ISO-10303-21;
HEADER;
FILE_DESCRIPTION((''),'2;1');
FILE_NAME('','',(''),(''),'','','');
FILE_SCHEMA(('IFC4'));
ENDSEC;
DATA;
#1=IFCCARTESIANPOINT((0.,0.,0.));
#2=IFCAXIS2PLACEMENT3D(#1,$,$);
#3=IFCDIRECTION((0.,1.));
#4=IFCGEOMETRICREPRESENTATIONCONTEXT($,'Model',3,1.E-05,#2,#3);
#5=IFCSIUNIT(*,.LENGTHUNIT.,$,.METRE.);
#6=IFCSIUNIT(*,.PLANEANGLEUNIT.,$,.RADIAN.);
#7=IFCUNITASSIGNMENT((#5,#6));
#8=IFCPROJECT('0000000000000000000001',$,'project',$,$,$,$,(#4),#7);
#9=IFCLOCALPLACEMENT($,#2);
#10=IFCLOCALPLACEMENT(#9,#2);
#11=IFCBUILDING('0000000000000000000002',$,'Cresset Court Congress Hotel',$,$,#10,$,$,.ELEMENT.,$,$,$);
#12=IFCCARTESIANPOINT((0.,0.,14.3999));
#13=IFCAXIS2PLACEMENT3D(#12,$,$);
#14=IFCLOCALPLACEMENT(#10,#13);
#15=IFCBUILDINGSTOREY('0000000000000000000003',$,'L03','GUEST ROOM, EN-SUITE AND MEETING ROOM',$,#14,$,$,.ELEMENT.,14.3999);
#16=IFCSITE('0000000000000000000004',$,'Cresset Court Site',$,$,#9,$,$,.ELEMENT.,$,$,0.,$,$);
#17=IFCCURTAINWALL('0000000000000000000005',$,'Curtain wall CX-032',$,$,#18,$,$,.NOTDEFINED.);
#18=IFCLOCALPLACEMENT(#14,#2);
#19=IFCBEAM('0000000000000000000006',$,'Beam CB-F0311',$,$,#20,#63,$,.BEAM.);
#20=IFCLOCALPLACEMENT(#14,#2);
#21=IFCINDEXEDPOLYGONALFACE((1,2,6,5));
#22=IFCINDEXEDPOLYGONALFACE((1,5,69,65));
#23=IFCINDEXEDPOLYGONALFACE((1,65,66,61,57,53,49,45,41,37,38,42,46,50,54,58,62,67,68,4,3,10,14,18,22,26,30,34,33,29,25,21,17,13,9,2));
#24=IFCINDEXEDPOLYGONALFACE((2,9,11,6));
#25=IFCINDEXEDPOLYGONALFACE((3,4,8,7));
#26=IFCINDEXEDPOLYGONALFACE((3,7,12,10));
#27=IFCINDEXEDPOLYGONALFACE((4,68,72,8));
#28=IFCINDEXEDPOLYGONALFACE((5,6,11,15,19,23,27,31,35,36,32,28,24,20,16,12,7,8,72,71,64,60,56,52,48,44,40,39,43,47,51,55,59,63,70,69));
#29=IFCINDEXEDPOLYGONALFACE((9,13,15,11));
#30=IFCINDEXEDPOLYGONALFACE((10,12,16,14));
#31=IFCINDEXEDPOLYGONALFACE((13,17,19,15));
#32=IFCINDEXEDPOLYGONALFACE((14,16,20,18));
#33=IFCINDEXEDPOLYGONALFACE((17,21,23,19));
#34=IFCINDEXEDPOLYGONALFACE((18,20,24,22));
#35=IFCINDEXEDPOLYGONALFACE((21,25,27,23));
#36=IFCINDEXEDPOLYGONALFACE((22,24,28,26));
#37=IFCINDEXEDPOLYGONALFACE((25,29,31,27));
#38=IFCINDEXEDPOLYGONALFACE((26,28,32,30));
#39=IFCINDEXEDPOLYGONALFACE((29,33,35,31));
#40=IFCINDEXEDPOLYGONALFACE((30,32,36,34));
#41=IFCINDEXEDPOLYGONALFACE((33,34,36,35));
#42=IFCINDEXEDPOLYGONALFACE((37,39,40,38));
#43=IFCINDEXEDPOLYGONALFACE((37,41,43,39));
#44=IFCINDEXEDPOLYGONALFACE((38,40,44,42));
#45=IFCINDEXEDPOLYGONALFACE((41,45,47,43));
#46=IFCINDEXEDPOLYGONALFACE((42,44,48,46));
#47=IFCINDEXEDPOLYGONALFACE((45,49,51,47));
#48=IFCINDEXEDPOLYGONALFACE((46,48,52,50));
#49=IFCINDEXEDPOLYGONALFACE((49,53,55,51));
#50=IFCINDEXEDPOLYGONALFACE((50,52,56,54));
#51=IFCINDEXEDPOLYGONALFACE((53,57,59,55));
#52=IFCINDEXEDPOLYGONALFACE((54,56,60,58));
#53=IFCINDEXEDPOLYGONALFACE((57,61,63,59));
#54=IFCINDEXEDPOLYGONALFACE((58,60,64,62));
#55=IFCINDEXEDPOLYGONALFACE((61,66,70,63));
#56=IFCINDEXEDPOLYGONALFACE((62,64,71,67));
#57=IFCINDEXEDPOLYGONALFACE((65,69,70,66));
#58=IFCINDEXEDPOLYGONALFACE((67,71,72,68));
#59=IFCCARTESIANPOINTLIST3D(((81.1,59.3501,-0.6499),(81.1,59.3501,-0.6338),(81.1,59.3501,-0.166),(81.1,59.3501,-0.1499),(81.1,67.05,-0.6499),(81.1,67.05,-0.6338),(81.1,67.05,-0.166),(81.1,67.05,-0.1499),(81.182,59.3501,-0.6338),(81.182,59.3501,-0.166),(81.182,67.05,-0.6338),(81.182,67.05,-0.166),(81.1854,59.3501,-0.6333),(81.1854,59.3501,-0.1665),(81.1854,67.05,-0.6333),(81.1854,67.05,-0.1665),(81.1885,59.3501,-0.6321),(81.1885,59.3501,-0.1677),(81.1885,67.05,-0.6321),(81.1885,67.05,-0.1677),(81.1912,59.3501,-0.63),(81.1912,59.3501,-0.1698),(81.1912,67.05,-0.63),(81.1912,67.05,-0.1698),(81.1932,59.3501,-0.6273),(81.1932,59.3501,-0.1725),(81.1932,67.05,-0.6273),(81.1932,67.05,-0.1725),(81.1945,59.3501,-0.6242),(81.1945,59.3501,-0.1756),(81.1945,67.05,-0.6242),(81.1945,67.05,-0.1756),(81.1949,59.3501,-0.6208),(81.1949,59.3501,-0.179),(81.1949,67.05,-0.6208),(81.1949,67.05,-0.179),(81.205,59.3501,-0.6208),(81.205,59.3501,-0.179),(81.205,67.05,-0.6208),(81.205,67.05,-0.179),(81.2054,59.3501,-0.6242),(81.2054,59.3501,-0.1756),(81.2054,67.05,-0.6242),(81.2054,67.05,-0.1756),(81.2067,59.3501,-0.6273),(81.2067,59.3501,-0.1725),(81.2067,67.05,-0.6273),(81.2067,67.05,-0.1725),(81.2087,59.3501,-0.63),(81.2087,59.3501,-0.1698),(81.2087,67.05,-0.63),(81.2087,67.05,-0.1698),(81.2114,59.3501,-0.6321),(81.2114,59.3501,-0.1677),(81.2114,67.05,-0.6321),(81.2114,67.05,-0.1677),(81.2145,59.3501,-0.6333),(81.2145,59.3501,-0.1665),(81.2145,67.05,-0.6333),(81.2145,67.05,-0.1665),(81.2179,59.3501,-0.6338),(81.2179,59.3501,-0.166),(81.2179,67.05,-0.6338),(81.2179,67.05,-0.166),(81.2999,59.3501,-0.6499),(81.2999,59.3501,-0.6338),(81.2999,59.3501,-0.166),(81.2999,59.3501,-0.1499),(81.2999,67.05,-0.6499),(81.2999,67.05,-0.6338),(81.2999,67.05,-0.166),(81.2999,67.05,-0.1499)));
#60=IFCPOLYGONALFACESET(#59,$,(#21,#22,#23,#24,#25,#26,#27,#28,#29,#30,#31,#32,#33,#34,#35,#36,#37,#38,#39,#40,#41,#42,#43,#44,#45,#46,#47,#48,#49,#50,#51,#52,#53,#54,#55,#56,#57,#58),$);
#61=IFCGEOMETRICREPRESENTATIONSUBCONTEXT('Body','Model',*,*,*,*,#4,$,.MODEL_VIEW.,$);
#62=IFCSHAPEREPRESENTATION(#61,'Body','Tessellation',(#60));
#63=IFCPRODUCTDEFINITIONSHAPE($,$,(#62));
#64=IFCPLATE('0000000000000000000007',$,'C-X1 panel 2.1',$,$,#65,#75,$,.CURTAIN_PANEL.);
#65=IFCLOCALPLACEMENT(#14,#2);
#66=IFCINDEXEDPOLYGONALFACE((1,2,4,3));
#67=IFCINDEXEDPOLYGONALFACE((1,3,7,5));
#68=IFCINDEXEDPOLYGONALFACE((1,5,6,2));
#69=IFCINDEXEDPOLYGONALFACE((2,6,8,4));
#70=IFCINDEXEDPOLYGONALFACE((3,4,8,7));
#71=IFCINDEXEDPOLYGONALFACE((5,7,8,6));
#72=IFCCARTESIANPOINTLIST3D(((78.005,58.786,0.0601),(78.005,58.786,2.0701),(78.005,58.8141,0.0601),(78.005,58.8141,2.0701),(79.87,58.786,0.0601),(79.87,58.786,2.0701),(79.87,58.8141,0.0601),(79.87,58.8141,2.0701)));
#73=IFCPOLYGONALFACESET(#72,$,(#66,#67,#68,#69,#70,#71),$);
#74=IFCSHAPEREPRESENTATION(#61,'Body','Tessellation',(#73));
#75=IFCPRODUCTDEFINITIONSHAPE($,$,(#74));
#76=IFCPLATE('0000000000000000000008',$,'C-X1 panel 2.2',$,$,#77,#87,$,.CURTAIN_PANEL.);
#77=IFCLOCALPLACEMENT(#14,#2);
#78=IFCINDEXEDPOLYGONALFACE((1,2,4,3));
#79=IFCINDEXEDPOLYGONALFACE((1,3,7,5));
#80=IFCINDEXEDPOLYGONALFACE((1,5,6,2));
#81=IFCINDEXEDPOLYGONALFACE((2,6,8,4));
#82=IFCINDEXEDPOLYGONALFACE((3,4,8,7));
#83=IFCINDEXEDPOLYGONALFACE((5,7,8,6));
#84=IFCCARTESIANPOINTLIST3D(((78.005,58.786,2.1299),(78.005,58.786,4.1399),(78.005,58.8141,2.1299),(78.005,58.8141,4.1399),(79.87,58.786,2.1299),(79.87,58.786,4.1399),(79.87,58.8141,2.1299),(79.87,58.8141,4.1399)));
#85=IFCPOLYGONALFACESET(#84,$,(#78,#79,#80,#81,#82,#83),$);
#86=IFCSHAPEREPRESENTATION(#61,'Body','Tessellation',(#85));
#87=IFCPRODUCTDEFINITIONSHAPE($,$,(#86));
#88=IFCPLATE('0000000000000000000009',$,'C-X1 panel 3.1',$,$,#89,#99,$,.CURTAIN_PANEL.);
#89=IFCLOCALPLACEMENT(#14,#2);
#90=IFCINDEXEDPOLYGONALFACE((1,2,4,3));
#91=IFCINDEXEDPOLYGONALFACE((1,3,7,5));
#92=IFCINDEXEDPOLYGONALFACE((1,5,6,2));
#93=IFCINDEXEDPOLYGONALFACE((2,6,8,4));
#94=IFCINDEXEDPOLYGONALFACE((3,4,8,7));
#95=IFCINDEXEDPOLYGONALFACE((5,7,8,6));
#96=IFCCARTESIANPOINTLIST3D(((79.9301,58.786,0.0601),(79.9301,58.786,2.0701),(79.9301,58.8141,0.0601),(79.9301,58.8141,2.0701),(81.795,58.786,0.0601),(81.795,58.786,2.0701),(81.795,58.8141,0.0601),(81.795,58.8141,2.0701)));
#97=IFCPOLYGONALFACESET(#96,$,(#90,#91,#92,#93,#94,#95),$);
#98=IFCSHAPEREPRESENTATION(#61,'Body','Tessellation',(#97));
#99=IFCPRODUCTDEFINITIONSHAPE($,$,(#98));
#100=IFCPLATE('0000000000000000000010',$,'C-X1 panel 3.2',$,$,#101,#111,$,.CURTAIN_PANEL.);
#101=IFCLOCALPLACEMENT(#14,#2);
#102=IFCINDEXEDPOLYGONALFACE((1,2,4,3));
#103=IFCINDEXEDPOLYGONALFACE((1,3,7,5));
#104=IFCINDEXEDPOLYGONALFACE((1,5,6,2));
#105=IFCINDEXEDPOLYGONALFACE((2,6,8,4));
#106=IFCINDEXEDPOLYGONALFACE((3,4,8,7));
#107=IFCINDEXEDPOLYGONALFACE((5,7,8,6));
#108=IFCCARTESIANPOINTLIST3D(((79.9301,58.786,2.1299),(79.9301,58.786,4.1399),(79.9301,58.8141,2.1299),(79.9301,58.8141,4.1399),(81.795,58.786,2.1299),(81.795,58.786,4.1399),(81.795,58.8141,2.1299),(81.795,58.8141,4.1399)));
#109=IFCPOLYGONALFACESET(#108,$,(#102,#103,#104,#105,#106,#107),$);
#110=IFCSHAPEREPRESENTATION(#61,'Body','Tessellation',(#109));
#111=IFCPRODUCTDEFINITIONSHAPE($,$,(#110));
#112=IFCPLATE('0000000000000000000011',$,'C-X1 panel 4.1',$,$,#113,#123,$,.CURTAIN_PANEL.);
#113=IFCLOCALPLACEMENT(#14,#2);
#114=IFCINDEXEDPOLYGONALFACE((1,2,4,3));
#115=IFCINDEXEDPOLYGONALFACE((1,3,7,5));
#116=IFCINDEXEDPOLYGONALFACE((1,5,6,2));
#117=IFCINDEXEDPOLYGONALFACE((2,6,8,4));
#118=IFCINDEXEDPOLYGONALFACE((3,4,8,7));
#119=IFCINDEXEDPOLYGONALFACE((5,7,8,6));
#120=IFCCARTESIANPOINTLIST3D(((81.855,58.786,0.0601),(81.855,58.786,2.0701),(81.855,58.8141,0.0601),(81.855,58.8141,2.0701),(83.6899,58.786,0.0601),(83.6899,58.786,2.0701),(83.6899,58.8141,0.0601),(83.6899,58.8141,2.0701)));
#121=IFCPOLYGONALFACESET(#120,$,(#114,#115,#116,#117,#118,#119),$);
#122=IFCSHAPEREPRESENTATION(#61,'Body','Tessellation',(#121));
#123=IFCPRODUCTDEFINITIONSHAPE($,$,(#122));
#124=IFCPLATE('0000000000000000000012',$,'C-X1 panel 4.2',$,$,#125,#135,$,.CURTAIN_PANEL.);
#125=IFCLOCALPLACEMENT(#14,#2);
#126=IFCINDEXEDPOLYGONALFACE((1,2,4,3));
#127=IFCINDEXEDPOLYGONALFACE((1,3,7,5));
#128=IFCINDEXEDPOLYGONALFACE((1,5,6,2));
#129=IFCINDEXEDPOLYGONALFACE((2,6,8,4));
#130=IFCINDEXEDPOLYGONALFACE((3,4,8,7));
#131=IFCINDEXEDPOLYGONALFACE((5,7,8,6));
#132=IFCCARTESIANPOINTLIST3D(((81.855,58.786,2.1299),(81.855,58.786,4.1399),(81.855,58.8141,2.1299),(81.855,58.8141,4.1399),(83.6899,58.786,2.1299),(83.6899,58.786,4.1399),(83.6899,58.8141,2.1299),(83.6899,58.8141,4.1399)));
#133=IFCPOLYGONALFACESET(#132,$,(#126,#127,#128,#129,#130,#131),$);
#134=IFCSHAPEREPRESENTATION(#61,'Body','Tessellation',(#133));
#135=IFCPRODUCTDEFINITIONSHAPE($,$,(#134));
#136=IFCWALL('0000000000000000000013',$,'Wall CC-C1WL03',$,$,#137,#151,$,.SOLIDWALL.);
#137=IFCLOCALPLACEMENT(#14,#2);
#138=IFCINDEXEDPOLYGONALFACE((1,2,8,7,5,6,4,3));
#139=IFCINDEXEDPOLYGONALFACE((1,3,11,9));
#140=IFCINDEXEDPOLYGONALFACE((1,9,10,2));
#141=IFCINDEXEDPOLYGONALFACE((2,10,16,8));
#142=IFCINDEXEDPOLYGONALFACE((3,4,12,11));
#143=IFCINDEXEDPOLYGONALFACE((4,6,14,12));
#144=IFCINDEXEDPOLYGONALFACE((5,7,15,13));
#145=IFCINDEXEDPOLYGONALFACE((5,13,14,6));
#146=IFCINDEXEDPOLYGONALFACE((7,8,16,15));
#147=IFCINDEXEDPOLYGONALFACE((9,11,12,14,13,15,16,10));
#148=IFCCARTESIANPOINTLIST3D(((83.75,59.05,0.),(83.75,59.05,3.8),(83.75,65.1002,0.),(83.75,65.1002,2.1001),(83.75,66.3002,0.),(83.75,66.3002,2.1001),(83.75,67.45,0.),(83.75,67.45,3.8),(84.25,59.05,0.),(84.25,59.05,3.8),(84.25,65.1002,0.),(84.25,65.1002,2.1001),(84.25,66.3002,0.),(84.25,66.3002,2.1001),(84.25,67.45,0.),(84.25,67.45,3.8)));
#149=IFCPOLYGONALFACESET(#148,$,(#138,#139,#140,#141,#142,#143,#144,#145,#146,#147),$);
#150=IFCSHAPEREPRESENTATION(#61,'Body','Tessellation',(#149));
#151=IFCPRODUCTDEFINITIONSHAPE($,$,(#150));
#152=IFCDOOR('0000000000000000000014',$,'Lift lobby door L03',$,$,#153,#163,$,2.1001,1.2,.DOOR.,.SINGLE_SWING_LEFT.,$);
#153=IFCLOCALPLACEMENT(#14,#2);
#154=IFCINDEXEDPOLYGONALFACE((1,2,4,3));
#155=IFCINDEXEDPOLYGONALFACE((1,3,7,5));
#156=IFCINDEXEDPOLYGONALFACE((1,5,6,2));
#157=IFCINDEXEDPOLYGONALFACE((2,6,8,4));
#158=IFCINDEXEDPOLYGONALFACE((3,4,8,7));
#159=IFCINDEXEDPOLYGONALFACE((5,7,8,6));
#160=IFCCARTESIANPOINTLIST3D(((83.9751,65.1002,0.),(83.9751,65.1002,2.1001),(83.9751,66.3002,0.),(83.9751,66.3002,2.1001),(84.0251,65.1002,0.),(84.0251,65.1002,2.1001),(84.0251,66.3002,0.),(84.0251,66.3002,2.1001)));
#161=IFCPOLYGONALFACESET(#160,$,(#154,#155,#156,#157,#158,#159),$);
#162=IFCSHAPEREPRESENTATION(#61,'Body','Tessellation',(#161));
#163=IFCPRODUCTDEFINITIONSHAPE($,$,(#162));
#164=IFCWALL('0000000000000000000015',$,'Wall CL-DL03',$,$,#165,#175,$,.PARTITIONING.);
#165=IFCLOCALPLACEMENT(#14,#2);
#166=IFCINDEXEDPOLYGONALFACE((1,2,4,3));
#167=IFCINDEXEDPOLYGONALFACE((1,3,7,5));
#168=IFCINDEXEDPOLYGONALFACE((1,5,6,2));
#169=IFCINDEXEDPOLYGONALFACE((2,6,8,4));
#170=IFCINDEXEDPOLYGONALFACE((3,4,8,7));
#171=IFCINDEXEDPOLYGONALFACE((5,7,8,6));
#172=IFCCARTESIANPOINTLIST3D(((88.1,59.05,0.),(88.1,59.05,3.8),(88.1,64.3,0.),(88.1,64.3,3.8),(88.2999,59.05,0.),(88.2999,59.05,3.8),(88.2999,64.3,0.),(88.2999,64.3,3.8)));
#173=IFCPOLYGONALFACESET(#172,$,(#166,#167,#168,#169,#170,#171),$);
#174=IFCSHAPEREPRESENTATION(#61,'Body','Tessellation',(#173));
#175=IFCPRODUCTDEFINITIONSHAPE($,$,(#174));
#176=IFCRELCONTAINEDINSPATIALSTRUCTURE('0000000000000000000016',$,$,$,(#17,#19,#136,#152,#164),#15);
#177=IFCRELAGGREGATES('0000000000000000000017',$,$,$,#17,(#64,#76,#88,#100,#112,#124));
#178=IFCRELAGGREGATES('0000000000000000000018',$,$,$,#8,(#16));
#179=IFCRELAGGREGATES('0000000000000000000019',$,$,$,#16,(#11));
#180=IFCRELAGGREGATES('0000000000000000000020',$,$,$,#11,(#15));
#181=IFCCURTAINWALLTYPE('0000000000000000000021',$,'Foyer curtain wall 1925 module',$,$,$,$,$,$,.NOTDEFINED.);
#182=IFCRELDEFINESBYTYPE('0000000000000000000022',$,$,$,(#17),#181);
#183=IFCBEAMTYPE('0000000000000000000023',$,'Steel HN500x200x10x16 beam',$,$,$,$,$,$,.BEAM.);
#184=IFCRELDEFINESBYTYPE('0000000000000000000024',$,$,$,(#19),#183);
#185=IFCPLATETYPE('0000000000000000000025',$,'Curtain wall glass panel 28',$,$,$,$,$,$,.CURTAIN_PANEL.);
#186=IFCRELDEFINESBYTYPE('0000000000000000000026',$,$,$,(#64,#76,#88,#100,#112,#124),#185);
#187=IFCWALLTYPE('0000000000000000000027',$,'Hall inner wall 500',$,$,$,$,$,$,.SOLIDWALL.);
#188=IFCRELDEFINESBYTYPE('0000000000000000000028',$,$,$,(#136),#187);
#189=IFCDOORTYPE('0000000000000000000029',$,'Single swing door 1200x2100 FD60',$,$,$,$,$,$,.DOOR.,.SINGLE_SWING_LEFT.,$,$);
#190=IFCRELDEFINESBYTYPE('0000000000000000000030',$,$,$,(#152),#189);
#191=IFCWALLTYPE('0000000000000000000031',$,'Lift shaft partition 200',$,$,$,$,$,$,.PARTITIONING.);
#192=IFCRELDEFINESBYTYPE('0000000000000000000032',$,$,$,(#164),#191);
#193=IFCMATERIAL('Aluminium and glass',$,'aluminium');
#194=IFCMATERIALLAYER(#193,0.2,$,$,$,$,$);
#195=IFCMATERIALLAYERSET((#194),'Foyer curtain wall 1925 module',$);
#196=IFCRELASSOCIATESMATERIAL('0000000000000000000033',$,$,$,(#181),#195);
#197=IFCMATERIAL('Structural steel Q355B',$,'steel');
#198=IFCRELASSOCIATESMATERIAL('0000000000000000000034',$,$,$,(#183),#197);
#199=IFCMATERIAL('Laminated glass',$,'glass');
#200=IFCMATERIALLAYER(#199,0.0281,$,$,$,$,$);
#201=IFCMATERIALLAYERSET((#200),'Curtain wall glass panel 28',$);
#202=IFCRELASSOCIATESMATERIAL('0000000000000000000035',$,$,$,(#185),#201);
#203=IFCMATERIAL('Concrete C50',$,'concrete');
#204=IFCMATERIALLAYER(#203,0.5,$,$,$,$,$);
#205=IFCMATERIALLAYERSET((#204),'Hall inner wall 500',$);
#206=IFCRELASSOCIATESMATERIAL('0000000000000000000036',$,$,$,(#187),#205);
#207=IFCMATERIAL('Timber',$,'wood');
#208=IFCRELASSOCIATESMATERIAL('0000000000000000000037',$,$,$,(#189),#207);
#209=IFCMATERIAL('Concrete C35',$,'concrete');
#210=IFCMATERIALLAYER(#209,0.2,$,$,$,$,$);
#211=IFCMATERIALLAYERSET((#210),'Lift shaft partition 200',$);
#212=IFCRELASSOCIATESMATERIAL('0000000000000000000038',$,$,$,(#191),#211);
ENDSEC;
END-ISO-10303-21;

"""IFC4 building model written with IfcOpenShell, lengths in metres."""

from ifc_helpers import new_model, si_unit, direction, frame, frame_2d, origin, origin_2d, place, context, subcontext, project, spatial, rectangle, i_section, extrude, material, layer, layer_set, material_profile, profile_set, type_object, element, fill, aggregate, save


model = new_model("IFC4")

# Units and contexts
model_context = context("Model", 3, precision=1e-05, world=origin(), true_north=direction((0.0, 1.0)))
body_context = subcontext(model_context, "Body", "Model", "MODEL_VIEW")
ifc_project = project(units=[si_unit("LENGTHUNIT", "METRE"), si_unit("PLANEANGLEUNIT", "RADIAN")], contexts=[model_context])

# Site, building, storey
site_placement = place(None, origin())
site = spatial("IfcSite", under=ifc_project, at=site_placement, Name="Cresset Court Site", CompositionType="ELEMENT", RefElevation=0.0)
building_placement = place(site_placement, origin())
building = spatial("IfcBuilding", under=site, at=building_placement, Name="Cresset Court Congress Hotel", CompositionType="ELEMENT")
storey_placement = place(building_placement, frame((0.0, 0.0, 14.3999)))
storey = spatial("IfcBuildingStorey", under=building, at=storey_placement, Name="L03", Description="GUEST ROOM, EN-SUITE AND MEETING ROOM", CompositionType="ELEMENT", Elevation=14.3999)

# Curtain wall
ifc_material_1 = material(Name="Aluminium and glass", Category="aluminium")
ifc_layer_1 = layer(ifc_material_1, 0.2)
ifc_layer_set_1 = layer_set([ifc_layer_1], Name="Foyer curtain wall 1925 module")
curtain_wall_type = type_object("IfcCurtainWallType", Name="Foyer curtain wall 1925 module", PredefinedType="NOTDEFINED", material=ifc_layer_set_1)
curtain_wall_placement = place(storey_placement, origin())
curtain_wall = element("IfcCurtainWall", 1, at=curtain_wall_placement, inside=storey, type_object=curtain_wall_type, Name="Curtain wall CX-032", PredefinedType="NOTDEFINED")

# Beam
ifc_material_2 = material(Name="Structural steel Q355B", Category="steel")
ifc_material_profile_1 = material_profile(ifc_material_2, i_section(OverallWidth=0.2, OverallDepth=0.5, WebThickness=0.01, FlangeThickness=0.0161, FilletRadius=0.0129, at=origin_2d()), Name="HN500x200x10x16")
ifc_profile_set_1 = profile_set([ifc_material_profile_1], Name="Structural steel Q355B")
beam_type = type_object("IfcBeamType", Name="Steel HN500x200x10x16 beam", PredefinedType="BEAM", material=ifc_profile_set_1)
for number, where, z_axis, x_axis, name in (
    (2, (81.2, 59.3501, -0.3999), (0.0, 1.0, 0.0), (-1.0, 0.0, 0.0), "Beam CB-F0311"),
):
    element("IfcBeam", number, at=place(storey_placement, frame(where, z_axis=z_axis, x_axis=x_axis)), inside=storey, type_object=beam_type, Name=name, PredefinedType="BEAM", context=body_context, shape_type="SweptSolid", body=[
        extrude(i_section(OverallWidth=0.2, OverallDepth=0.5, WebThickness=0.01, FlangeThickness=0.0161, FilletRadius=0.0129, at=origin_2d()), origin(), (0.0, 0.0, 1.0), 7.7),
    ])

# Plates
ifc_material_3 = material(Name="Laminated glass", Category="glass")
ifc_layer_2 = layer(ifc_material_3, 0.0281)
ifc_layer_set_2 = layer_set([ifc_layer_2], Name="Curtain wall glass panel 28")
plate_type = type_object("IfcPlateType", Name="Curtain wall glass panel 28", PredefinedType="CURTAIN_PANEL", material=ifc_layer_set_2)
plate_1_placement = place(storey_placement, frame((78.9375, 58.8, 0.0601), z_axis=(0.0, 0.0, 1.0), x_axis=(1.0, 0.0, 0.0)))
plate_1 = element("IfcPlate", 3, at=plate_1_placement, type_object=plate_type, Name="C-X1 panel 2.1", PredefinedType="CURTAIN_PANEL", context=body_context, shape_type="SweptSolid", body=[
    extrude(rectangle(XDim=1.865, YDim=0.0281, at=origin_2d()), origin(), (0.0, 0.0, 1.0), 2.01),
])
plate_2_placement = place(storey_placement, frame((78.9375, 58.8, 2.1299), z_axis=(0.0, 0.0, 1.0), x_axis=(1.0, 0.0, 0.0)))
plate_2 = element("IfcPlate", 4, at=plate_2_placement, type_object=plate_type, Name="C-X1 panel 2.2", PredefinedType="CURTAIN_PANEL", context=body_context, shape_type="SweptSolid", body=[
    extrude(rectangle(XDim=1.865, YDim=0.0281, at=origin_2d()), origin(), (0.0, 0.0, 1.0), 2.01),
])
plate_3_placement = place(storey_placement, frame((80.8625, 58.8, 0.0601), z_axis=(0.0, 0.0, 1.0), x_axis=(1.0, 0.0, 0.0)))
plate_3 = element("IfcPlate", 5, at=plate_3_placement, type_object=plate_type, Name="C-X1 panel 3.1", PredefinedType="CURTAIN_PANEL", context=body_context, shape_type="SweptSolid", body=[
    extrude(rectangle(XDim=1.865, YDim=0.0281, at=origin_2d()), origin(), (0.0, 0.0, 1.0), 2.01),
])
plate_4_placement = place(storey_placement, frame((80.8625, 58.8, 2.1299), z_axis=(0.0, 0.0, 1.0), x_axis=(1.0, 0.0, 0.0)))
plate_4 = element("IfcPlate", 6, at=plate_4_placement, type_object=plate_type, Name="C-X1 panel 3.2", PredefinedType="CURTAIN_PANEL", context=body_context, shape_type="SweptSolid", body=[
    extrude(rectangle(XDim=1.865, YDim=0.0281, at=origin_2d()), origin(), (0.0, 0.0, 1.0), 2.01),
])
plate_5_placement = place(storey_placement, frame((82.7725, 58.8, 0.0601), z_axis=(0.0, 0.0, 1.0), x_axis=(1.0, 0.0, 0.0)))
plate_5 = element("IfcPlate", 7, at=plate_5_placement, type_object=plate_type, Name="C-X1 panel 4.1", PredefinedType="CURTAIN_PANEL", context=body_context, shape_type="SweptSolid", body=[
    extrude(rectangle(XDim=1.835, YDim=0.0281, at=origin_2d()), origin(), (0.0, 0.0, 1.0), 2.01),
])
plate_6_placement = place(storey_placement, frame((82.7725, 58.8, 2.1299), z_axis=(0.0, 0.0, 1.0), x_axis=(1.0, 0.0, 0.0)))
plate_6 = element("IfcPlate", 8, at=plate_6_placement, type_object=plate_type, Name="C-X1 panel 4.2", PredefinedType="CURTAIN_PANEL", context=body_context, shape_type="SweptSolid", body=[
    extrude(rectangle(XDim=1.835, YDim=0.0281, at=origin_2d()), origin(), (0.0, 0.0, 1.0), 2.01),
])
aggregate(curtain_wall, [plate_1, plate_2, plate_3, plate_4, plate_5, plate_6])

# Wall, opening, door
ifc_material_4 = material(Name="Concrete C50", Category="concrete")
ifc_layer_3 = layer(ifc_material_4, 0.5)
ifc_layer_set_3 = layer_set([ifc_layer_3], Name="Hall inner wall 500")
wall_type_1 = type_object("IfcWallType", Name="Hall inner wall 500", PredefinedType="SOLIDWALL", material=ifc_layer_set_3)
wall_1_placement = place(storey_placement, frame((84.0, 59.05, 0.0), z_axis=(0.0, 0.0, 1.0), x_axis=(0.0, 1.0, 0.0)))
wall_1 = element("IfcWall", 9, at=wall_1_placement, inside=storey, type_object=wall_type_1, Name="Wall CC-C1WL03", PredefinedType="SOLIDWALL", context=body_context, shape_type="SweptSolid", body=[
    extrude(rectangle(XDim=8.3999, YDim=0.5, at=frame_2d((4.2, 0.0))), origin(), (0.0, 0.0, 1.0), 3.8),
])
opening_1_placement = place(wall_1_placement, frame((6.05, 0.0, 0.0)))
opening_1 = element("IfcOpeningElement", 10, at=opening_1_placement, cuts=wall_1, PredefinedType="OPENING", context=body_context, shape_type="SweptSolid", body=[
    extrude(rectangle(XDim=1.2, YDim=2.1001, at=frame_2d((0.6001, 1.05))), frame((0.0, 0.26, 0.0), z_axis=(0.0, -1.0, 0.0), x_axis=(1.0, 0.0, 0.0)), (0.0, 0.0, 1.0), 0.52),
])
ifc_material_5 = material(Name="Timber", Category="wood")
door_type_1 = type_object("IfcDoorType", Name="Single swing door 1200x2100 FD60", OperationType="SINGLE_SWING_LEFT", PredefinedType="DOOR", material=ifc_material_5)
door_1_placement = place(opening_1_placement, origin())
door_1 = element("IfcDoor", 11, at=door_1_placement, inside=storey, type_object=door_type_1, Name="Lift lobby door L03", OperationType="SINGLE_SWING_LEFT", OverallHeight=2.1001, OverallWidth=1.2, PredefinedType="DOOR", context=body_context, shape_type="SweptSolid", body=[
    extrude(rectangle(XDim=1.2, YDim=2.1001, at=frame_2d((0.6001, 1.05))), frame((0.0, 0.0249, 0.0), z_axis=(0.0, -1.0, 0.0), x_axis=(1.0, 0.0, 0.0)), (0.0, 0.0, 1.0), 0.05),
])
fill(opening_1, door_1)

# Wall
ifc_material_6 = material(Name="Concrete C35", Category="concrete")
ifc_layer_4 = layer(ifc_material_6, 0.2)
ifc_layer_set_4 = layer_set([ifc_layer_4], Name="Lift shaft partition 200")
wall_type_2 = type_object("IfcWallType", Name="Lift shaft partition 200", PredefinedType="PARTITIONING", material=ifc_layer_set_4)
wall_2_placement = place(storey_placement, frame((88.2, 59.05, 0.0), z_axis=(0.0, 0.0, 1.0), x_axis=(0.0, 1.0, 0.0)))
element("IfcWall", 12, at=wall_2_placement, inside=storey, type_object=wall_type_2, Name="Wall CL-DL03", PredefinedType="PARTITIONING", context=body_context, shape_type="SweptSolid", body=[
    extrude(rectangle(XDim=5.25, YDim=0.2, at=frame_2d((2.625, 0.0))), origin(), (0.0, 0.0, 1.0), 3.8),
])

save(model, "model.ifc")
